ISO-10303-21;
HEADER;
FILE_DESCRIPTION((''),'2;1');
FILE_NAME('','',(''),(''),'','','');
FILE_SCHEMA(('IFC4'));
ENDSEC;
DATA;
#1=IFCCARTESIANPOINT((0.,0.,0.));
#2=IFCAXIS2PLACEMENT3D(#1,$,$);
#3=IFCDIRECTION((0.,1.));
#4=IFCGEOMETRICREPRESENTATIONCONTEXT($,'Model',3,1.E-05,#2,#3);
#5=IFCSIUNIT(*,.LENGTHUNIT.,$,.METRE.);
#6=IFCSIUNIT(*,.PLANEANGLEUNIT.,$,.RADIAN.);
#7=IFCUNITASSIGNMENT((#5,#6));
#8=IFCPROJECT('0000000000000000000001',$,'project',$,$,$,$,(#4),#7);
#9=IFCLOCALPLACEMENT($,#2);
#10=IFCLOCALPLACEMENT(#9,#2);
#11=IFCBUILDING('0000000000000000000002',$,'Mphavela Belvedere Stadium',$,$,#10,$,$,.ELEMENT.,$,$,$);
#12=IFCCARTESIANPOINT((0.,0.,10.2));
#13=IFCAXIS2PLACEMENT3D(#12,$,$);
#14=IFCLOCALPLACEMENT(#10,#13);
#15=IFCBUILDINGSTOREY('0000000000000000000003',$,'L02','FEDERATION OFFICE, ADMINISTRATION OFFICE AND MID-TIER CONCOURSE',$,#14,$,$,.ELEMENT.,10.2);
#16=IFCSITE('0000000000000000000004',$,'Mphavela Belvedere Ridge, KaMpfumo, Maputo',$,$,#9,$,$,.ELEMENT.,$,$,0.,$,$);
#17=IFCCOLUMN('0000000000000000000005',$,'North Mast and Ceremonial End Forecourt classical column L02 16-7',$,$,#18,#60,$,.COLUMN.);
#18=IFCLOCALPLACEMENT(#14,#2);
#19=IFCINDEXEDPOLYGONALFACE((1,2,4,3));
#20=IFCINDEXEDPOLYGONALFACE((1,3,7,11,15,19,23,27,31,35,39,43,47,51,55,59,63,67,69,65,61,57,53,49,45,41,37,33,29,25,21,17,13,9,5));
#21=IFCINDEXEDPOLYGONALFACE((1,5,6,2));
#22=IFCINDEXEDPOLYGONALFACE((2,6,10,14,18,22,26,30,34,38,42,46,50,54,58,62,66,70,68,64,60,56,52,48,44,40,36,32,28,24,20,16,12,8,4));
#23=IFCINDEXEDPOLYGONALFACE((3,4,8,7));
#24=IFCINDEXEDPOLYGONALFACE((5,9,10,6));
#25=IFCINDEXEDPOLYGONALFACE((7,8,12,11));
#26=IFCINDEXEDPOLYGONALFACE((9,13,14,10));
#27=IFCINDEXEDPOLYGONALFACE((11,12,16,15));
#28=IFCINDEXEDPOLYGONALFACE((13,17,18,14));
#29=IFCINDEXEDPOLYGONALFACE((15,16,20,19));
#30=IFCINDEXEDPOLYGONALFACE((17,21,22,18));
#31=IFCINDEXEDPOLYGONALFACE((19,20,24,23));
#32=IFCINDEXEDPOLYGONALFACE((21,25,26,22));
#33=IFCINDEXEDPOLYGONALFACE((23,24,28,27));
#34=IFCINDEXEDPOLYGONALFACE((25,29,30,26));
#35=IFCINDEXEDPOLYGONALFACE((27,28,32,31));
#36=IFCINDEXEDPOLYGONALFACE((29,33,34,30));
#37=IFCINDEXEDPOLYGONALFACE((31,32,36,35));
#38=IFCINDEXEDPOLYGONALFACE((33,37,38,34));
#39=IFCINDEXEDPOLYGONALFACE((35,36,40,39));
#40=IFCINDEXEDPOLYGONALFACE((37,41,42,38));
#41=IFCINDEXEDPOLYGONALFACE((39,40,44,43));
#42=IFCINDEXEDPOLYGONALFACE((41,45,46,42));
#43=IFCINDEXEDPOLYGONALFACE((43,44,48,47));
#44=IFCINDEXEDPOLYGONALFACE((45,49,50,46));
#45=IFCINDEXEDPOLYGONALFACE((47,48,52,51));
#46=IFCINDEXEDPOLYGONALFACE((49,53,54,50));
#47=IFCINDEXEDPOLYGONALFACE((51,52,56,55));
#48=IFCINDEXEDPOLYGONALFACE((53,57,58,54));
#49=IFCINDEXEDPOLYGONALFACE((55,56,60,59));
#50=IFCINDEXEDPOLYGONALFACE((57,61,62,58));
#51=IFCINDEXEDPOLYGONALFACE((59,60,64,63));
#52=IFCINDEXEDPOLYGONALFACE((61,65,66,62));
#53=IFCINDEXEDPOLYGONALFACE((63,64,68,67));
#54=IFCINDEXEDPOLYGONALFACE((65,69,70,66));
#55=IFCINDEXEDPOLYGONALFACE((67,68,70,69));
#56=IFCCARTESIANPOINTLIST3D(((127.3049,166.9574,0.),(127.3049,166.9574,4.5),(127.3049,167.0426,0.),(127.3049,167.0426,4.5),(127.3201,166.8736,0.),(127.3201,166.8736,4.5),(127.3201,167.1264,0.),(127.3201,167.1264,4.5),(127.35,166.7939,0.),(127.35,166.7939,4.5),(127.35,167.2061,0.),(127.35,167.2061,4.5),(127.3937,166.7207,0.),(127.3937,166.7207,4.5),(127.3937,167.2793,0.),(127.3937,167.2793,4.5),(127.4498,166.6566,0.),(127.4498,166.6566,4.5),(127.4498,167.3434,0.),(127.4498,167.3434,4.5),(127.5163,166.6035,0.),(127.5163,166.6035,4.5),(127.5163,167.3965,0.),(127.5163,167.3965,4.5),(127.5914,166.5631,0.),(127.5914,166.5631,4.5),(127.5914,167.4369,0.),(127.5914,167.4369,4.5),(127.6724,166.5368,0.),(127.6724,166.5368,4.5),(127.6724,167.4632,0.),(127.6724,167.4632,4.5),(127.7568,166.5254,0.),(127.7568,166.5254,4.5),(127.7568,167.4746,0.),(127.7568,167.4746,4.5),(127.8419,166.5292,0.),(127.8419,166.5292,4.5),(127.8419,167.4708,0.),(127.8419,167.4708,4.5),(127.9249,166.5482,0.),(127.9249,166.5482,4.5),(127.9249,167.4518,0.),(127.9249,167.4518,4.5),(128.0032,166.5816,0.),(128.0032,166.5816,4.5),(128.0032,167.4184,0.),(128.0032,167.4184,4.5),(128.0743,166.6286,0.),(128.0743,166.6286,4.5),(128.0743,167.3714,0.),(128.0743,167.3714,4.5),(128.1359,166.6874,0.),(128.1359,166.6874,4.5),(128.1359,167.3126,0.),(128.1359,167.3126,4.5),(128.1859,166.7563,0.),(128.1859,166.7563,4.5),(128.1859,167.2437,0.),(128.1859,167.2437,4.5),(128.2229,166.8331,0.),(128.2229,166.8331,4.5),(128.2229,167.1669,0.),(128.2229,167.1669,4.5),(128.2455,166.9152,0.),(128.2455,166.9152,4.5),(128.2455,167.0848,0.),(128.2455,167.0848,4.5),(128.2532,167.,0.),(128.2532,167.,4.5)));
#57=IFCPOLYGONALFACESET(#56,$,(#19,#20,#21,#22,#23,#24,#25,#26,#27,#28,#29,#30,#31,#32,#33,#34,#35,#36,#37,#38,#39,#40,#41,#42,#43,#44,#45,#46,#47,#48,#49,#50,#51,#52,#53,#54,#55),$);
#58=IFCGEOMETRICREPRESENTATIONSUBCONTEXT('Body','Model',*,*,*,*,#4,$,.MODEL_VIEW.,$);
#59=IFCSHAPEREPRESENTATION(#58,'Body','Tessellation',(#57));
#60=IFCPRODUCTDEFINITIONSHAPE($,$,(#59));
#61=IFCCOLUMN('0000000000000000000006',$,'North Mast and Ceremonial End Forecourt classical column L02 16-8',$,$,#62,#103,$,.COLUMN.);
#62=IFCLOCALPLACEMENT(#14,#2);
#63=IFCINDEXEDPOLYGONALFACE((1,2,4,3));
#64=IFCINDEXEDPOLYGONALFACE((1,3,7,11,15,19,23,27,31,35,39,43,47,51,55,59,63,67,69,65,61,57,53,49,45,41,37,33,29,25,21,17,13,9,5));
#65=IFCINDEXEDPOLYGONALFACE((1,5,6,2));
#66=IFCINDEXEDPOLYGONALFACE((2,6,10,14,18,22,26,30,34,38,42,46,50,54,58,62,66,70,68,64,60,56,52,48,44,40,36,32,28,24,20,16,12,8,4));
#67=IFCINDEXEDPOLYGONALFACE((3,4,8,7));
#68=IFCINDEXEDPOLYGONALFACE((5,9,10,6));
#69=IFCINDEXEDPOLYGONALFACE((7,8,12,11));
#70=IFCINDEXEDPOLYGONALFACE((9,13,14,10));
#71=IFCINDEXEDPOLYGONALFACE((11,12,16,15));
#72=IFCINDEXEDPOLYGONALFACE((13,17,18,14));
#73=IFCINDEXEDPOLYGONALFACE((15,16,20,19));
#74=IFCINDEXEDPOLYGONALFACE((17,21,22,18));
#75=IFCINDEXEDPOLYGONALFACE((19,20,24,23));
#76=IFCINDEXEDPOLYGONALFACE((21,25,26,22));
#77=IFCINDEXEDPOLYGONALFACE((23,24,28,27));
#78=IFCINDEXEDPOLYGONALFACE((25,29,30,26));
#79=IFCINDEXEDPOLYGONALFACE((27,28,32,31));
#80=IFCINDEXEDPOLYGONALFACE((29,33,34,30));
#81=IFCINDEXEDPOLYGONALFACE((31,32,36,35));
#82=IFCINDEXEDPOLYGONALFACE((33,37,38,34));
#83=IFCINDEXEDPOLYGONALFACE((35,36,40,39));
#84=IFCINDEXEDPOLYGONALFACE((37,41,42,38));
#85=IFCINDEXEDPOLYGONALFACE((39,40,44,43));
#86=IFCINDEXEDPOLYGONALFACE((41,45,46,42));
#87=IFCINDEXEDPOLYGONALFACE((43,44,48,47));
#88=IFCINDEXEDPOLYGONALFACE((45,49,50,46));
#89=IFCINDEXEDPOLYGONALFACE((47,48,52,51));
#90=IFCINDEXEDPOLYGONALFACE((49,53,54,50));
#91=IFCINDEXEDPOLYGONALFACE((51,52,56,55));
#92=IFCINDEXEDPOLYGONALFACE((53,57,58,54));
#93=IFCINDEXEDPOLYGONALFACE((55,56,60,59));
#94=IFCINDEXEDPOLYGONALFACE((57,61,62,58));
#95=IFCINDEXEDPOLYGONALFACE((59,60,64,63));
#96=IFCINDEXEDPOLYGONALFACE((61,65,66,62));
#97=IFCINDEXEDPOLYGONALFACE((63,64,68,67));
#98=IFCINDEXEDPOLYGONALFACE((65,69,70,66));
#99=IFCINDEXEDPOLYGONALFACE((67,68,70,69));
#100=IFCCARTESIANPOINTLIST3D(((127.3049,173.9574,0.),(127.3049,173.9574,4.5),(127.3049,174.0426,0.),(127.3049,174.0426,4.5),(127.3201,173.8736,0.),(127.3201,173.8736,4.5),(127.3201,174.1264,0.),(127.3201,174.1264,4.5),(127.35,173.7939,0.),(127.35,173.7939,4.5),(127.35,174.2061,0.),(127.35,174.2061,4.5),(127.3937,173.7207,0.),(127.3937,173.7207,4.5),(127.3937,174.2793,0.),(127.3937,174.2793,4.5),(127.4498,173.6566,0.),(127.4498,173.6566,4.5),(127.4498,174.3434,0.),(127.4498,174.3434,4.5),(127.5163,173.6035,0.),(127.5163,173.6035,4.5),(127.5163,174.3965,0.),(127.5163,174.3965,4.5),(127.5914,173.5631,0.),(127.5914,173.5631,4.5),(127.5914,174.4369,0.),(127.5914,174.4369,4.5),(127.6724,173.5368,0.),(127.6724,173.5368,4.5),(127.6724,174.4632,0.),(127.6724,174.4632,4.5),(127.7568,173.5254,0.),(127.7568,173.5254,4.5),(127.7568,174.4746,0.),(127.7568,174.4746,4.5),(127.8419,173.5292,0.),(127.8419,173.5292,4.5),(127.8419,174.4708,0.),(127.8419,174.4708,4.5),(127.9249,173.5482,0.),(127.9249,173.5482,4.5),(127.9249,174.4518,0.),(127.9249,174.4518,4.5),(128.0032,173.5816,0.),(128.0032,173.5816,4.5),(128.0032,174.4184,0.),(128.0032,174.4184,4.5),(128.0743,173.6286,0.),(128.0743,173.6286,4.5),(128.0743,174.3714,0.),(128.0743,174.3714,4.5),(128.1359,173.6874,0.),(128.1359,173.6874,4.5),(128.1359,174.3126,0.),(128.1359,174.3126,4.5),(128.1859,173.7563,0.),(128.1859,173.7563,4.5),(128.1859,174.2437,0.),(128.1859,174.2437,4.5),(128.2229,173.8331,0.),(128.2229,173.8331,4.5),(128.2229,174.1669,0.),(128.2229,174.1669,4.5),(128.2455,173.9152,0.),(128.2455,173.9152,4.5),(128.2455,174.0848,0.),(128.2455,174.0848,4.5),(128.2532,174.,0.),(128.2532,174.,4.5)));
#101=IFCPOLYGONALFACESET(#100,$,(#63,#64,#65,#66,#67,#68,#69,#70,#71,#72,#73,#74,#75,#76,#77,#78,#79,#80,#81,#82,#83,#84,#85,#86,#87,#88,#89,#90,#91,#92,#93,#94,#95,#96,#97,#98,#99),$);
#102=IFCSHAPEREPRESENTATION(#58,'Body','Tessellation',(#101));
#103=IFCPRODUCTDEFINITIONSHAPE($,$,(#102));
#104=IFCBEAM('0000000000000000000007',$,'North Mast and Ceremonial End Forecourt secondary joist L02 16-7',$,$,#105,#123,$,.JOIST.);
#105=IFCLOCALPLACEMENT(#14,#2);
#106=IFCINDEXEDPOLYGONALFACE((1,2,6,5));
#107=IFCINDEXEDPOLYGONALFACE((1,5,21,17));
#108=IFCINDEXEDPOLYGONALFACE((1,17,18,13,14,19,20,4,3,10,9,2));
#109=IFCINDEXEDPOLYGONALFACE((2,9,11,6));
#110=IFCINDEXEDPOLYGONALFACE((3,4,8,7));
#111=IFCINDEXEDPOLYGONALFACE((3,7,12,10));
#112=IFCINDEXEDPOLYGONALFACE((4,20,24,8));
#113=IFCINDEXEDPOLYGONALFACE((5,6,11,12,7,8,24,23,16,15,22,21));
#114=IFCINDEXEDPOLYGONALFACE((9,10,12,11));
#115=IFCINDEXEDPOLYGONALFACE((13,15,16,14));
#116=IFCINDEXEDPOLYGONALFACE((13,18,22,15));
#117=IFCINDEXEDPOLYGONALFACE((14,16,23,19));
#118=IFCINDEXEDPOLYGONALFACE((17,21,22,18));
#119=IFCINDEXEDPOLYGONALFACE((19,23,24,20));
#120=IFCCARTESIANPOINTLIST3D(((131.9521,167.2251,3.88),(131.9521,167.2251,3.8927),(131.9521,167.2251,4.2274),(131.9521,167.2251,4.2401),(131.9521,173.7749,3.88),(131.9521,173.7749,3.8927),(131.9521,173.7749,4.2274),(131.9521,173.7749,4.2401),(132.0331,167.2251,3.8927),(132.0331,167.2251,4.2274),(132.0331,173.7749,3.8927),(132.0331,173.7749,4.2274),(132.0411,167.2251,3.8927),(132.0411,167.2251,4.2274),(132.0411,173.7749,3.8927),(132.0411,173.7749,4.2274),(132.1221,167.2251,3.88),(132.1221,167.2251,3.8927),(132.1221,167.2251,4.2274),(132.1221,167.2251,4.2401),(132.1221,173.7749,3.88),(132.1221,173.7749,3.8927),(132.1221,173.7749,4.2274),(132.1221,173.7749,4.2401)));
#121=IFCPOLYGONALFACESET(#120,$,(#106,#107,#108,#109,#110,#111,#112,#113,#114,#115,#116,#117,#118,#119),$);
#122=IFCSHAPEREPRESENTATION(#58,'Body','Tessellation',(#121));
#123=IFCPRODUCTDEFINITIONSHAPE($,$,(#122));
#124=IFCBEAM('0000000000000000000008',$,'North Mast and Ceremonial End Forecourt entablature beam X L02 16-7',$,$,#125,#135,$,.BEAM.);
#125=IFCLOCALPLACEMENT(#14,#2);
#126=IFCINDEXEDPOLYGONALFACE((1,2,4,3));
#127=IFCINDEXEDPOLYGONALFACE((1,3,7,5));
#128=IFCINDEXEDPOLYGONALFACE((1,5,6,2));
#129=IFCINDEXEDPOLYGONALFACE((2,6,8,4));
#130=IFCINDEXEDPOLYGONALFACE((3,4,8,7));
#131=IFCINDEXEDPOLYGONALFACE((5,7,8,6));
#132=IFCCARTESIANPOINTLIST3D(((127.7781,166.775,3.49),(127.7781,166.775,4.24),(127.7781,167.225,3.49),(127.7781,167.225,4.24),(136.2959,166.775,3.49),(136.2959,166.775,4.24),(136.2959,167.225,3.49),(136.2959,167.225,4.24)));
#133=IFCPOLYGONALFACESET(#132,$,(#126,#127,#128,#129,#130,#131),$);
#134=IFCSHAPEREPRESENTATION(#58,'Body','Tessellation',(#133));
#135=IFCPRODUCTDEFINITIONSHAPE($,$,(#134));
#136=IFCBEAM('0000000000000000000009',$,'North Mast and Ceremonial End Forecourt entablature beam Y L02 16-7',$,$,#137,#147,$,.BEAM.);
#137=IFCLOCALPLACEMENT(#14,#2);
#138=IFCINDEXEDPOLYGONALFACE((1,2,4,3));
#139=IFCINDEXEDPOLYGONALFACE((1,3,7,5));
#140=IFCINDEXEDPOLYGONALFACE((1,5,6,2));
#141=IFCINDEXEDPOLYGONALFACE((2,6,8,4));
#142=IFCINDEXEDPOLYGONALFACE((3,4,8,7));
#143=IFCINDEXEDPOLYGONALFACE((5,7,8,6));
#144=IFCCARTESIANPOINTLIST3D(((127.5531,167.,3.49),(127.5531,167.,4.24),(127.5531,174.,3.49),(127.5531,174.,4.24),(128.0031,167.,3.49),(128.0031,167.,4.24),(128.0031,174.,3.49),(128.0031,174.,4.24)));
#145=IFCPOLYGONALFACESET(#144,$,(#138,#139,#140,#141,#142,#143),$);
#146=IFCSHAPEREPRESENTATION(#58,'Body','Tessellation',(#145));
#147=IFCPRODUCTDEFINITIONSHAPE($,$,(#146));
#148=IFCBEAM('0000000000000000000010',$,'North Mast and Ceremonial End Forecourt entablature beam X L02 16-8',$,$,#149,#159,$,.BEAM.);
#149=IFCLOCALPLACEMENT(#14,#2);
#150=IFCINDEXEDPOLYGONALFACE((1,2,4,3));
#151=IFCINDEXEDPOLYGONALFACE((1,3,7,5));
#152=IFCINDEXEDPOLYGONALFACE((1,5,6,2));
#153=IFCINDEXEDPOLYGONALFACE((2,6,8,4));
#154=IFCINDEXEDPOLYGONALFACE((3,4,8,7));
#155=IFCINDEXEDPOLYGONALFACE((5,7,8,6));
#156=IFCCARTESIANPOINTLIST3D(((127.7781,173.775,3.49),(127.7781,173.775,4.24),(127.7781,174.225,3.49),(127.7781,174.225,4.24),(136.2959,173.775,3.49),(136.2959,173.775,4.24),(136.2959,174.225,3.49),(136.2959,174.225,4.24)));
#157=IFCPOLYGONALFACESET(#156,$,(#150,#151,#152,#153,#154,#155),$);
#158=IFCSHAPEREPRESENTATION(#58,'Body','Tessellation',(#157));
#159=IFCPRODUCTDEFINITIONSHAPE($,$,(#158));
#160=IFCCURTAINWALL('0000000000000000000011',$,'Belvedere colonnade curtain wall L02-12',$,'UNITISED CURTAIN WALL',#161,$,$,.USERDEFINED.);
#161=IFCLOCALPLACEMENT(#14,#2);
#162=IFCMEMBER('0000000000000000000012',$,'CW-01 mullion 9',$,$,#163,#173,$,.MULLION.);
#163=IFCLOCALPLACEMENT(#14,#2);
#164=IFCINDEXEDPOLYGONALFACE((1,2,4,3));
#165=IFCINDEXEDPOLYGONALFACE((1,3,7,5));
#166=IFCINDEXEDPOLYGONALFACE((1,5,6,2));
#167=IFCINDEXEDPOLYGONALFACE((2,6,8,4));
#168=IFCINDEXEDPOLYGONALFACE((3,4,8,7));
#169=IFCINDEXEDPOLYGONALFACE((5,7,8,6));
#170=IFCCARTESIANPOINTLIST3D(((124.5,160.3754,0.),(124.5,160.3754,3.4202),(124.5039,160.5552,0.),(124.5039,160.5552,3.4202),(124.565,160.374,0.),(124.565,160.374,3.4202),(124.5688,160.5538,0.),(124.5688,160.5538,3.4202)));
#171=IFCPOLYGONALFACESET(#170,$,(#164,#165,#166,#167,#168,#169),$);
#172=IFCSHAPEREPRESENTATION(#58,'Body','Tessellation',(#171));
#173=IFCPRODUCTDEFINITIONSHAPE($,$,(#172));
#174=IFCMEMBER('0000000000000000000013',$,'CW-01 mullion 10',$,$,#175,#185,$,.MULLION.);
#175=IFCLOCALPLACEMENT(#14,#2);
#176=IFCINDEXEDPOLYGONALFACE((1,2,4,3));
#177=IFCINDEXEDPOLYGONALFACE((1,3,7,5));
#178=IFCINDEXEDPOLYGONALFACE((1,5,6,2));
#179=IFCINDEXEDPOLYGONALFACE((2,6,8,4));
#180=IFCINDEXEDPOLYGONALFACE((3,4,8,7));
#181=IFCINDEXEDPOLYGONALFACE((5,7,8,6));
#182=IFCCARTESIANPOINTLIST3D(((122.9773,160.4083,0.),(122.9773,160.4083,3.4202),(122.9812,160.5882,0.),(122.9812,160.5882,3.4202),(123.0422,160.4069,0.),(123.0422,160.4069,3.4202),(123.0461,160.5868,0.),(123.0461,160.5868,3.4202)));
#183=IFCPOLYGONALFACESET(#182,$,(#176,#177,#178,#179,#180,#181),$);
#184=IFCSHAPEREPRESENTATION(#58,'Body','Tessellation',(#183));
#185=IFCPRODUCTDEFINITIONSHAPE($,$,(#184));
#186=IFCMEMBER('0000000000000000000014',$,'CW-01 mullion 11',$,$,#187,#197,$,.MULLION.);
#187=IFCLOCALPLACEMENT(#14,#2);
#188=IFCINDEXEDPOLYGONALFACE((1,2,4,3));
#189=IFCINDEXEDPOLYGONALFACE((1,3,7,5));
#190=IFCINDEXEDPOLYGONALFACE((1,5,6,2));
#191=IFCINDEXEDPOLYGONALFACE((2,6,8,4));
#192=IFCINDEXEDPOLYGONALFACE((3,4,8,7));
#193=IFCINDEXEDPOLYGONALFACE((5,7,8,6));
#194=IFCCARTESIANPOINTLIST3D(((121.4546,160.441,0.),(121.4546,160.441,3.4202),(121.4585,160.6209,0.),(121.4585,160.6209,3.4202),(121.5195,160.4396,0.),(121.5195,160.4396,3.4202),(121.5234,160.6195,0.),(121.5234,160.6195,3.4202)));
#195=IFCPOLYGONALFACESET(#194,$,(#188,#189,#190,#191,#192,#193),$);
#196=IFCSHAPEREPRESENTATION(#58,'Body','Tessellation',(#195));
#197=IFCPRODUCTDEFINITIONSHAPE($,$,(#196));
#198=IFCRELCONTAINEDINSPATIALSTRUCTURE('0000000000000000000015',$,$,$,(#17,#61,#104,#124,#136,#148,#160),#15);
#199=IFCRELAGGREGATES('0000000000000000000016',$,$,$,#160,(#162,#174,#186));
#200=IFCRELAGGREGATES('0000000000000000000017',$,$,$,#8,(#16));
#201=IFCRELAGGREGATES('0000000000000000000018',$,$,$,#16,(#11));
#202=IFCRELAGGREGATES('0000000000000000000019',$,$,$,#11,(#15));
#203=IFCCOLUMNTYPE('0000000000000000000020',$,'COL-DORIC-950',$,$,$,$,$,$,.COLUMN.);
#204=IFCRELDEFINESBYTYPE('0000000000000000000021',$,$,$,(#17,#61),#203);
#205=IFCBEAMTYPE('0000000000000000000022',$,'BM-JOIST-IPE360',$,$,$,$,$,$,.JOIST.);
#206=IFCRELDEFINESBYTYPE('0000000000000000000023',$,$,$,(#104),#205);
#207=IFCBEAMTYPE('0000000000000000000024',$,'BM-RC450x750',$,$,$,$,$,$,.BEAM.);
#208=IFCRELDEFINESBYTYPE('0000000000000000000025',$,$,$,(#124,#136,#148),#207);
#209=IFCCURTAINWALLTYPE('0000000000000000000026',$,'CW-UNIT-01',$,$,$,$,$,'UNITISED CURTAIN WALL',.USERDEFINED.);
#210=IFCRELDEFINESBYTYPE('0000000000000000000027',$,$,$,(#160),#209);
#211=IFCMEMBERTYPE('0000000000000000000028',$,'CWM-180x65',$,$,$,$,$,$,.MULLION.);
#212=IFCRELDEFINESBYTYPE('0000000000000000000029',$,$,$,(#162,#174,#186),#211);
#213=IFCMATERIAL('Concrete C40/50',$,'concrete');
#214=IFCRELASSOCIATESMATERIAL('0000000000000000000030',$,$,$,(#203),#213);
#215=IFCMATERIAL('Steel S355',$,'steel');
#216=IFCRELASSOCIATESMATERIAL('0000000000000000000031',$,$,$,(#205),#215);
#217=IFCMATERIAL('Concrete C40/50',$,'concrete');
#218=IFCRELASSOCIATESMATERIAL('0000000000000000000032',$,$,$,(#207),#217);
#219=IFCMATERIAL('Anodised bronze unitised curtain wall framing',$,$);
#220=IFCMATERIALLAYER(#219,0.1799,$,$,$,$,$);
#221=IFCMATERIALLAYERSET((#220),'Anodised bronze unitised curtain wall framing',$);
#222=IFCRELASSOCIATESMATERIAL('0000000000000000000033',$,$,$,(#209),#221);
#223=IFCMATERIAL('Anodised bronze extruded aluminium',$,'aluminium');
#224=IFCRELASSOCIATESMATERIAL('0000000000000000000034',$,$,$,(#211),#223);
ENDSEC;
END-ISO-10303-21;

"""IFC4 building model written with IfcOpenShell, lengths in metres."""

from ifc_helpers import new_model, si_unit, direction, frame, origin, origin_2d, place, context, subcontext, project, spatial, rectangle, circle, i_section, extrude, material, layer, layer_set, material_profile, profile_set, type_object, element, aggregate, save


model = new_model("IFC4")

# Units and contexts
model_context = context("Model", 3, precision=1e-05, world=origin(), true_north=direction((0.0, 1.0)))
body_context = subcontext(model_context, "Body", "Model", "MODEL_VIEW")
ifc_project = project(units=[si_unit("LENGTHUNIT", "METRE"), si_unit("PLANEANGLEUNIT", "RADIAN")], contexts=[model_context])

# Site, building, storey
site_placement = place(None, origin())
site = spatial("IfcSite", under=ifc_project, at=site_placement, Name="Mphavela Belvedere Ridge, KaMpfumo, Maputo", CompositionType="ELEMENT", RefElevation=0.0)
building_placement = place(site_placement, origin())
building = spatial("IfcBuilding", under=site, at=building_placement, Name="Mphavela Belvedere Stadium", CompositionType="ELEMENT")
storey_placement = place(building_placement, frame((0.0, 0.0, 10.2)))
storey = spatial("IfcBuildingStorey", under=building, at=storey_placement, Name="L02", Description="FEDERATION OFFICE, ADMINISTRATION OFFICE AND MID-TIER CONCOURSE", CompositionType="ELEMENT", Elevation=10.2)

# Columns
ifc_material_1 = material(Name="Concrete C40/50", Category="concrete")
ifc_material_profile_1 = material_profile(ifc_material_1, circle(Radius=0.4751, at=origin_2d()), Name="COL D950")
ifc_profile_set_1 = profile_set([ifc_material_profile_1], Name="Concrete C40/50")
column_type = type_object("IfcColumnType", Name="COL-DORIC-950", PredefinedType="COLUMN", material=ifc_profile_set_1)
for number, where, z_axis, x_axis, name in (
    (1, (127.7781, 167.0, 0.0), (0.0, 0.0, 1.0), (1.0, 0.0, 0.0), "North Mast and Ceremonial End Forecourt classical column L02 16-7"),
    (2, (127.7781, 174.0, 0.0), (0.0, 0.0, 1.0), (1.0, 0.0, 0.0), "North Mast and Ceremonial End Forecourt classical column L02 16-8"),
):
    element("IfcColumn", number, at=place(storey_placement, frame(where, z_axis=z_axis, x_axis=x_axis)), inside=storey, type_object=column_type, Name=name, PredefinedType="COLUMN", context=body_context, shape_type="SweptSolid", body=[
        extrude(circle(Radius=0.4751, at=origin_2d()), origin(), (0.0, 0.0, 1.0), 4.5),
    ])

# Beams
ifc_material_2 = material(Name="Steel S355", Category="steel")
ifc_material_profile_2 = material_profile(ifc_material_2, i_section(OverallWidth=0.1699, OverallDepth=0.3601, WebThickness=0.0081, FlangeThickness=0.0127, at=origin_2d()), Name="IPE 360")
ifc_profile_set_2 = profile_set([ifc_material_profile_2], Name="Steel S355")
beam_type_1 = type_object("IfcBeamType", Name="BM-JOIST-IPE360", PredefinedType="JOIST", material=ifc_profile_set_2)
beam_1_placement = place(storey_placement, frame((132.0371, 167.2251, 4.0601), z_axis=(0.0, 1.0, 0.0), x_axis=(-1.0, 0.0, 0.0)))
element("IfcBeam", 3, at=beam_1_placement, inside=storey, type_object=beam_type_1, Name="North Mast and Ceremonial End Forecourt secondary joist L02 16-7", PredefinedType="JOIST", context=body_context, shape_type="SweptSolid", body=[
    extrude(i_section(OverallWidth=0.1699, OverallDepth=0.3601, WebThickness=0.0081, FlangeThickness=0.0127, at=origin_2d()), origin(), (0.0, 0.0, 1.0), 6.5498),
])
ifc_material_3 = material(Name="Concrete C40/50", Category="concrete")
ifc_material_profile_3 = material_profile(ifc_material_3, rectangle(XDim=0.45, YDim=0.75, at=origin_2d()), Name="RC 450x750")
ifc_profile_set_3 = profile_set([ifc_material_profile_3], Name="Concrete C40/50")
beam_type_2 = type_object("IfcBeamType", Name="BM-RC450x750", PredefinedType="BEAM", material=ifc_profile_set_3)
beam_2_placement = place(storey_placement, frame((127.7781, 167.0, 3.865), z_axis=(1.0, 0.0, 0.0), x_axis=(0.0, 1.0, 0.0)))
element("IfcBeam", 4, at=beam_2_placement, inside=storey, type_object=beam_type_2, Name="North Mast and Ceremonial End Forecourt entablature beam X L02 16-7", PredefinedType="BEAM", context=body_context, shape_type="SweptSolid", body=[
    extrude(rectangle(XDim=0.45, YDim=0.75, at=origin_2d()), origin(), (0.0, 0.0, 1.0), 8.5178),
])
beam_3_placement = place(storey_placement, frame((127.7781, 167.0, 3.865), z_axis=(0.0, 1.0, 0.0), x_axis=(-1.0, 0.0, 0.0)))
element("IfcBeam", 5, at=beam_3_placement, inside=storey, type_object=beam_type_2, Name="North Mast and Ceremonial End Forecourt entablature beam Y L02 16-7", PredefinedType="BEAM", context=body_context, shape_type="SweptSolid", body=[
    extrude(rectangle(XDim=0.45, YDim=0.75, at=origin_2d()), origin(), (0.0, 0.0, 1.0), 7.0),
])
beam_4_placement = place(storey_placement, frame((127.7781, 174.0, 3.865), z_axis=(1.0, 0.0, 0.0), x_axis=(0.0, 1.0, 0.0)))
element("IfcBeam", 6, at=beam_4_placement, inside=storey, type_object=beam_type_2, Name="North Mast and Ceremonial End Forecourt entablature beam X L02 16-8", PredefinedType="BEAM", context=body_context, shape_type="SweptSolid", body=[
    extrude(rectangle(XDim=0.45, YDim=0.75, at=origin_2d()), origin(), (0.0, 0.0, 1.0), 8.5178),
])

# Curtain wall, members
ifc_material_4 = material(Name="Anodised bronze unitised curtain wall framing")
ifc_layer_1 = layer(ifc_material_4, 0.1799)
ifc_layer_set_1 = layer_set([ifc_layer_1], Name="Anodised bronze unitised curtain wall framing")
curtain_wall_type = type_object("IfcCurtainWallType", Name="CW-UNIT-01", ElementType="UNITISED CURTAIN WALL", PredefinedType="USERDEFINED", material=ifc_layer_set_1)
curtain_wall_placement = place(storey_placement, origin())
curtain_wall = element("IfcCurtainWall", 7, at=curtain_wall_placement, inside=storey, type_object=curtain_wall_type, Name="Belvedere colonnade curtain wall L02-12", ObjectType="UNITISED CURTAIN WALL", PredefinedType="USERDEFINED")
ifc_material_5 = material(Name="Anodised bronze extruded aluminium", Category="aluminium")
ifc_material_profile_4 = material_profile(ifc_material_5, rectangle(XDim=0.1799, YDim=0.0649, at=origin_2d()), Name="CW-MUL 180x65")
ifc_profile_set_4 = profile_set([ifc_material_profile_4], Name="Anodised bronze extruded aluminium")
member_type_1 = type_object("IfcMemberType", Name="CWM-180x65", PredefinedType="MULLION", material=ifc_profile_set_4)
member_1_placement = place(storey_placement, frame((124.5344, 160.4646, 0.0), z_axis=(0.0, 0.0, 1.0), x_axis=(-0.021525, -0.999768, 0.0)))
member_1 = element("IfcMember", 8, at=member_1_placement, type_object=member_type_1, Name="CW-01 mullion 9", PredefinedType="MULLION", context=body_context, shape_type="SweptSolid", body=[
    extrude(rectangle(XDim=0.1799, YDim=0.0649, at=origin_2d()), origin(), (0.0, 0.0, 1.0), 3.4202),
])
member_2_placement = place(storey_placement, frame((123.0117, 160.4976, 0.0), z_axis=(0.0, 0.0, 1.0), x_axis=(-0.021525, -0.999768, 0.0)))
member_2 = element("IfcMember", 9, at=member_2_placement, type_object=member_type_1, Name="CW-01 mullion 10", PredefinedType="MULLION", context=body_context, shape_type="SweptSolid", body=[
    extrude(rectangle(XDim=0.1799, YDim=0.0649, at=origin_2d()), origin(), (0.0, 0.0, 1.0), 3.4202),
])
member_3_placement = place(storey_placement, frame((121.489, 160.5303, 0.0), z_axis=(0.0, 0.0, 1.0), x_axis=(-0.021525, -0.999768, 0.0)))
member_3 = element("IfcMember", 10, at=member_3_placement, type_object=member_type_1, Name="CW-01 mullion 11", PredefinedType="MULLION", context=body_context, shape_type="SweptSolid", body=[
    extrude(rectangle(XDim=0.1799, YDim=0.0649, at=origin_2d()), origin(), (0.0, 0.0, 1.0), 3.4202),
])
aggregate(curtain_wall, [member_1, member_2, member_3])

save(model, "model.ifc")
